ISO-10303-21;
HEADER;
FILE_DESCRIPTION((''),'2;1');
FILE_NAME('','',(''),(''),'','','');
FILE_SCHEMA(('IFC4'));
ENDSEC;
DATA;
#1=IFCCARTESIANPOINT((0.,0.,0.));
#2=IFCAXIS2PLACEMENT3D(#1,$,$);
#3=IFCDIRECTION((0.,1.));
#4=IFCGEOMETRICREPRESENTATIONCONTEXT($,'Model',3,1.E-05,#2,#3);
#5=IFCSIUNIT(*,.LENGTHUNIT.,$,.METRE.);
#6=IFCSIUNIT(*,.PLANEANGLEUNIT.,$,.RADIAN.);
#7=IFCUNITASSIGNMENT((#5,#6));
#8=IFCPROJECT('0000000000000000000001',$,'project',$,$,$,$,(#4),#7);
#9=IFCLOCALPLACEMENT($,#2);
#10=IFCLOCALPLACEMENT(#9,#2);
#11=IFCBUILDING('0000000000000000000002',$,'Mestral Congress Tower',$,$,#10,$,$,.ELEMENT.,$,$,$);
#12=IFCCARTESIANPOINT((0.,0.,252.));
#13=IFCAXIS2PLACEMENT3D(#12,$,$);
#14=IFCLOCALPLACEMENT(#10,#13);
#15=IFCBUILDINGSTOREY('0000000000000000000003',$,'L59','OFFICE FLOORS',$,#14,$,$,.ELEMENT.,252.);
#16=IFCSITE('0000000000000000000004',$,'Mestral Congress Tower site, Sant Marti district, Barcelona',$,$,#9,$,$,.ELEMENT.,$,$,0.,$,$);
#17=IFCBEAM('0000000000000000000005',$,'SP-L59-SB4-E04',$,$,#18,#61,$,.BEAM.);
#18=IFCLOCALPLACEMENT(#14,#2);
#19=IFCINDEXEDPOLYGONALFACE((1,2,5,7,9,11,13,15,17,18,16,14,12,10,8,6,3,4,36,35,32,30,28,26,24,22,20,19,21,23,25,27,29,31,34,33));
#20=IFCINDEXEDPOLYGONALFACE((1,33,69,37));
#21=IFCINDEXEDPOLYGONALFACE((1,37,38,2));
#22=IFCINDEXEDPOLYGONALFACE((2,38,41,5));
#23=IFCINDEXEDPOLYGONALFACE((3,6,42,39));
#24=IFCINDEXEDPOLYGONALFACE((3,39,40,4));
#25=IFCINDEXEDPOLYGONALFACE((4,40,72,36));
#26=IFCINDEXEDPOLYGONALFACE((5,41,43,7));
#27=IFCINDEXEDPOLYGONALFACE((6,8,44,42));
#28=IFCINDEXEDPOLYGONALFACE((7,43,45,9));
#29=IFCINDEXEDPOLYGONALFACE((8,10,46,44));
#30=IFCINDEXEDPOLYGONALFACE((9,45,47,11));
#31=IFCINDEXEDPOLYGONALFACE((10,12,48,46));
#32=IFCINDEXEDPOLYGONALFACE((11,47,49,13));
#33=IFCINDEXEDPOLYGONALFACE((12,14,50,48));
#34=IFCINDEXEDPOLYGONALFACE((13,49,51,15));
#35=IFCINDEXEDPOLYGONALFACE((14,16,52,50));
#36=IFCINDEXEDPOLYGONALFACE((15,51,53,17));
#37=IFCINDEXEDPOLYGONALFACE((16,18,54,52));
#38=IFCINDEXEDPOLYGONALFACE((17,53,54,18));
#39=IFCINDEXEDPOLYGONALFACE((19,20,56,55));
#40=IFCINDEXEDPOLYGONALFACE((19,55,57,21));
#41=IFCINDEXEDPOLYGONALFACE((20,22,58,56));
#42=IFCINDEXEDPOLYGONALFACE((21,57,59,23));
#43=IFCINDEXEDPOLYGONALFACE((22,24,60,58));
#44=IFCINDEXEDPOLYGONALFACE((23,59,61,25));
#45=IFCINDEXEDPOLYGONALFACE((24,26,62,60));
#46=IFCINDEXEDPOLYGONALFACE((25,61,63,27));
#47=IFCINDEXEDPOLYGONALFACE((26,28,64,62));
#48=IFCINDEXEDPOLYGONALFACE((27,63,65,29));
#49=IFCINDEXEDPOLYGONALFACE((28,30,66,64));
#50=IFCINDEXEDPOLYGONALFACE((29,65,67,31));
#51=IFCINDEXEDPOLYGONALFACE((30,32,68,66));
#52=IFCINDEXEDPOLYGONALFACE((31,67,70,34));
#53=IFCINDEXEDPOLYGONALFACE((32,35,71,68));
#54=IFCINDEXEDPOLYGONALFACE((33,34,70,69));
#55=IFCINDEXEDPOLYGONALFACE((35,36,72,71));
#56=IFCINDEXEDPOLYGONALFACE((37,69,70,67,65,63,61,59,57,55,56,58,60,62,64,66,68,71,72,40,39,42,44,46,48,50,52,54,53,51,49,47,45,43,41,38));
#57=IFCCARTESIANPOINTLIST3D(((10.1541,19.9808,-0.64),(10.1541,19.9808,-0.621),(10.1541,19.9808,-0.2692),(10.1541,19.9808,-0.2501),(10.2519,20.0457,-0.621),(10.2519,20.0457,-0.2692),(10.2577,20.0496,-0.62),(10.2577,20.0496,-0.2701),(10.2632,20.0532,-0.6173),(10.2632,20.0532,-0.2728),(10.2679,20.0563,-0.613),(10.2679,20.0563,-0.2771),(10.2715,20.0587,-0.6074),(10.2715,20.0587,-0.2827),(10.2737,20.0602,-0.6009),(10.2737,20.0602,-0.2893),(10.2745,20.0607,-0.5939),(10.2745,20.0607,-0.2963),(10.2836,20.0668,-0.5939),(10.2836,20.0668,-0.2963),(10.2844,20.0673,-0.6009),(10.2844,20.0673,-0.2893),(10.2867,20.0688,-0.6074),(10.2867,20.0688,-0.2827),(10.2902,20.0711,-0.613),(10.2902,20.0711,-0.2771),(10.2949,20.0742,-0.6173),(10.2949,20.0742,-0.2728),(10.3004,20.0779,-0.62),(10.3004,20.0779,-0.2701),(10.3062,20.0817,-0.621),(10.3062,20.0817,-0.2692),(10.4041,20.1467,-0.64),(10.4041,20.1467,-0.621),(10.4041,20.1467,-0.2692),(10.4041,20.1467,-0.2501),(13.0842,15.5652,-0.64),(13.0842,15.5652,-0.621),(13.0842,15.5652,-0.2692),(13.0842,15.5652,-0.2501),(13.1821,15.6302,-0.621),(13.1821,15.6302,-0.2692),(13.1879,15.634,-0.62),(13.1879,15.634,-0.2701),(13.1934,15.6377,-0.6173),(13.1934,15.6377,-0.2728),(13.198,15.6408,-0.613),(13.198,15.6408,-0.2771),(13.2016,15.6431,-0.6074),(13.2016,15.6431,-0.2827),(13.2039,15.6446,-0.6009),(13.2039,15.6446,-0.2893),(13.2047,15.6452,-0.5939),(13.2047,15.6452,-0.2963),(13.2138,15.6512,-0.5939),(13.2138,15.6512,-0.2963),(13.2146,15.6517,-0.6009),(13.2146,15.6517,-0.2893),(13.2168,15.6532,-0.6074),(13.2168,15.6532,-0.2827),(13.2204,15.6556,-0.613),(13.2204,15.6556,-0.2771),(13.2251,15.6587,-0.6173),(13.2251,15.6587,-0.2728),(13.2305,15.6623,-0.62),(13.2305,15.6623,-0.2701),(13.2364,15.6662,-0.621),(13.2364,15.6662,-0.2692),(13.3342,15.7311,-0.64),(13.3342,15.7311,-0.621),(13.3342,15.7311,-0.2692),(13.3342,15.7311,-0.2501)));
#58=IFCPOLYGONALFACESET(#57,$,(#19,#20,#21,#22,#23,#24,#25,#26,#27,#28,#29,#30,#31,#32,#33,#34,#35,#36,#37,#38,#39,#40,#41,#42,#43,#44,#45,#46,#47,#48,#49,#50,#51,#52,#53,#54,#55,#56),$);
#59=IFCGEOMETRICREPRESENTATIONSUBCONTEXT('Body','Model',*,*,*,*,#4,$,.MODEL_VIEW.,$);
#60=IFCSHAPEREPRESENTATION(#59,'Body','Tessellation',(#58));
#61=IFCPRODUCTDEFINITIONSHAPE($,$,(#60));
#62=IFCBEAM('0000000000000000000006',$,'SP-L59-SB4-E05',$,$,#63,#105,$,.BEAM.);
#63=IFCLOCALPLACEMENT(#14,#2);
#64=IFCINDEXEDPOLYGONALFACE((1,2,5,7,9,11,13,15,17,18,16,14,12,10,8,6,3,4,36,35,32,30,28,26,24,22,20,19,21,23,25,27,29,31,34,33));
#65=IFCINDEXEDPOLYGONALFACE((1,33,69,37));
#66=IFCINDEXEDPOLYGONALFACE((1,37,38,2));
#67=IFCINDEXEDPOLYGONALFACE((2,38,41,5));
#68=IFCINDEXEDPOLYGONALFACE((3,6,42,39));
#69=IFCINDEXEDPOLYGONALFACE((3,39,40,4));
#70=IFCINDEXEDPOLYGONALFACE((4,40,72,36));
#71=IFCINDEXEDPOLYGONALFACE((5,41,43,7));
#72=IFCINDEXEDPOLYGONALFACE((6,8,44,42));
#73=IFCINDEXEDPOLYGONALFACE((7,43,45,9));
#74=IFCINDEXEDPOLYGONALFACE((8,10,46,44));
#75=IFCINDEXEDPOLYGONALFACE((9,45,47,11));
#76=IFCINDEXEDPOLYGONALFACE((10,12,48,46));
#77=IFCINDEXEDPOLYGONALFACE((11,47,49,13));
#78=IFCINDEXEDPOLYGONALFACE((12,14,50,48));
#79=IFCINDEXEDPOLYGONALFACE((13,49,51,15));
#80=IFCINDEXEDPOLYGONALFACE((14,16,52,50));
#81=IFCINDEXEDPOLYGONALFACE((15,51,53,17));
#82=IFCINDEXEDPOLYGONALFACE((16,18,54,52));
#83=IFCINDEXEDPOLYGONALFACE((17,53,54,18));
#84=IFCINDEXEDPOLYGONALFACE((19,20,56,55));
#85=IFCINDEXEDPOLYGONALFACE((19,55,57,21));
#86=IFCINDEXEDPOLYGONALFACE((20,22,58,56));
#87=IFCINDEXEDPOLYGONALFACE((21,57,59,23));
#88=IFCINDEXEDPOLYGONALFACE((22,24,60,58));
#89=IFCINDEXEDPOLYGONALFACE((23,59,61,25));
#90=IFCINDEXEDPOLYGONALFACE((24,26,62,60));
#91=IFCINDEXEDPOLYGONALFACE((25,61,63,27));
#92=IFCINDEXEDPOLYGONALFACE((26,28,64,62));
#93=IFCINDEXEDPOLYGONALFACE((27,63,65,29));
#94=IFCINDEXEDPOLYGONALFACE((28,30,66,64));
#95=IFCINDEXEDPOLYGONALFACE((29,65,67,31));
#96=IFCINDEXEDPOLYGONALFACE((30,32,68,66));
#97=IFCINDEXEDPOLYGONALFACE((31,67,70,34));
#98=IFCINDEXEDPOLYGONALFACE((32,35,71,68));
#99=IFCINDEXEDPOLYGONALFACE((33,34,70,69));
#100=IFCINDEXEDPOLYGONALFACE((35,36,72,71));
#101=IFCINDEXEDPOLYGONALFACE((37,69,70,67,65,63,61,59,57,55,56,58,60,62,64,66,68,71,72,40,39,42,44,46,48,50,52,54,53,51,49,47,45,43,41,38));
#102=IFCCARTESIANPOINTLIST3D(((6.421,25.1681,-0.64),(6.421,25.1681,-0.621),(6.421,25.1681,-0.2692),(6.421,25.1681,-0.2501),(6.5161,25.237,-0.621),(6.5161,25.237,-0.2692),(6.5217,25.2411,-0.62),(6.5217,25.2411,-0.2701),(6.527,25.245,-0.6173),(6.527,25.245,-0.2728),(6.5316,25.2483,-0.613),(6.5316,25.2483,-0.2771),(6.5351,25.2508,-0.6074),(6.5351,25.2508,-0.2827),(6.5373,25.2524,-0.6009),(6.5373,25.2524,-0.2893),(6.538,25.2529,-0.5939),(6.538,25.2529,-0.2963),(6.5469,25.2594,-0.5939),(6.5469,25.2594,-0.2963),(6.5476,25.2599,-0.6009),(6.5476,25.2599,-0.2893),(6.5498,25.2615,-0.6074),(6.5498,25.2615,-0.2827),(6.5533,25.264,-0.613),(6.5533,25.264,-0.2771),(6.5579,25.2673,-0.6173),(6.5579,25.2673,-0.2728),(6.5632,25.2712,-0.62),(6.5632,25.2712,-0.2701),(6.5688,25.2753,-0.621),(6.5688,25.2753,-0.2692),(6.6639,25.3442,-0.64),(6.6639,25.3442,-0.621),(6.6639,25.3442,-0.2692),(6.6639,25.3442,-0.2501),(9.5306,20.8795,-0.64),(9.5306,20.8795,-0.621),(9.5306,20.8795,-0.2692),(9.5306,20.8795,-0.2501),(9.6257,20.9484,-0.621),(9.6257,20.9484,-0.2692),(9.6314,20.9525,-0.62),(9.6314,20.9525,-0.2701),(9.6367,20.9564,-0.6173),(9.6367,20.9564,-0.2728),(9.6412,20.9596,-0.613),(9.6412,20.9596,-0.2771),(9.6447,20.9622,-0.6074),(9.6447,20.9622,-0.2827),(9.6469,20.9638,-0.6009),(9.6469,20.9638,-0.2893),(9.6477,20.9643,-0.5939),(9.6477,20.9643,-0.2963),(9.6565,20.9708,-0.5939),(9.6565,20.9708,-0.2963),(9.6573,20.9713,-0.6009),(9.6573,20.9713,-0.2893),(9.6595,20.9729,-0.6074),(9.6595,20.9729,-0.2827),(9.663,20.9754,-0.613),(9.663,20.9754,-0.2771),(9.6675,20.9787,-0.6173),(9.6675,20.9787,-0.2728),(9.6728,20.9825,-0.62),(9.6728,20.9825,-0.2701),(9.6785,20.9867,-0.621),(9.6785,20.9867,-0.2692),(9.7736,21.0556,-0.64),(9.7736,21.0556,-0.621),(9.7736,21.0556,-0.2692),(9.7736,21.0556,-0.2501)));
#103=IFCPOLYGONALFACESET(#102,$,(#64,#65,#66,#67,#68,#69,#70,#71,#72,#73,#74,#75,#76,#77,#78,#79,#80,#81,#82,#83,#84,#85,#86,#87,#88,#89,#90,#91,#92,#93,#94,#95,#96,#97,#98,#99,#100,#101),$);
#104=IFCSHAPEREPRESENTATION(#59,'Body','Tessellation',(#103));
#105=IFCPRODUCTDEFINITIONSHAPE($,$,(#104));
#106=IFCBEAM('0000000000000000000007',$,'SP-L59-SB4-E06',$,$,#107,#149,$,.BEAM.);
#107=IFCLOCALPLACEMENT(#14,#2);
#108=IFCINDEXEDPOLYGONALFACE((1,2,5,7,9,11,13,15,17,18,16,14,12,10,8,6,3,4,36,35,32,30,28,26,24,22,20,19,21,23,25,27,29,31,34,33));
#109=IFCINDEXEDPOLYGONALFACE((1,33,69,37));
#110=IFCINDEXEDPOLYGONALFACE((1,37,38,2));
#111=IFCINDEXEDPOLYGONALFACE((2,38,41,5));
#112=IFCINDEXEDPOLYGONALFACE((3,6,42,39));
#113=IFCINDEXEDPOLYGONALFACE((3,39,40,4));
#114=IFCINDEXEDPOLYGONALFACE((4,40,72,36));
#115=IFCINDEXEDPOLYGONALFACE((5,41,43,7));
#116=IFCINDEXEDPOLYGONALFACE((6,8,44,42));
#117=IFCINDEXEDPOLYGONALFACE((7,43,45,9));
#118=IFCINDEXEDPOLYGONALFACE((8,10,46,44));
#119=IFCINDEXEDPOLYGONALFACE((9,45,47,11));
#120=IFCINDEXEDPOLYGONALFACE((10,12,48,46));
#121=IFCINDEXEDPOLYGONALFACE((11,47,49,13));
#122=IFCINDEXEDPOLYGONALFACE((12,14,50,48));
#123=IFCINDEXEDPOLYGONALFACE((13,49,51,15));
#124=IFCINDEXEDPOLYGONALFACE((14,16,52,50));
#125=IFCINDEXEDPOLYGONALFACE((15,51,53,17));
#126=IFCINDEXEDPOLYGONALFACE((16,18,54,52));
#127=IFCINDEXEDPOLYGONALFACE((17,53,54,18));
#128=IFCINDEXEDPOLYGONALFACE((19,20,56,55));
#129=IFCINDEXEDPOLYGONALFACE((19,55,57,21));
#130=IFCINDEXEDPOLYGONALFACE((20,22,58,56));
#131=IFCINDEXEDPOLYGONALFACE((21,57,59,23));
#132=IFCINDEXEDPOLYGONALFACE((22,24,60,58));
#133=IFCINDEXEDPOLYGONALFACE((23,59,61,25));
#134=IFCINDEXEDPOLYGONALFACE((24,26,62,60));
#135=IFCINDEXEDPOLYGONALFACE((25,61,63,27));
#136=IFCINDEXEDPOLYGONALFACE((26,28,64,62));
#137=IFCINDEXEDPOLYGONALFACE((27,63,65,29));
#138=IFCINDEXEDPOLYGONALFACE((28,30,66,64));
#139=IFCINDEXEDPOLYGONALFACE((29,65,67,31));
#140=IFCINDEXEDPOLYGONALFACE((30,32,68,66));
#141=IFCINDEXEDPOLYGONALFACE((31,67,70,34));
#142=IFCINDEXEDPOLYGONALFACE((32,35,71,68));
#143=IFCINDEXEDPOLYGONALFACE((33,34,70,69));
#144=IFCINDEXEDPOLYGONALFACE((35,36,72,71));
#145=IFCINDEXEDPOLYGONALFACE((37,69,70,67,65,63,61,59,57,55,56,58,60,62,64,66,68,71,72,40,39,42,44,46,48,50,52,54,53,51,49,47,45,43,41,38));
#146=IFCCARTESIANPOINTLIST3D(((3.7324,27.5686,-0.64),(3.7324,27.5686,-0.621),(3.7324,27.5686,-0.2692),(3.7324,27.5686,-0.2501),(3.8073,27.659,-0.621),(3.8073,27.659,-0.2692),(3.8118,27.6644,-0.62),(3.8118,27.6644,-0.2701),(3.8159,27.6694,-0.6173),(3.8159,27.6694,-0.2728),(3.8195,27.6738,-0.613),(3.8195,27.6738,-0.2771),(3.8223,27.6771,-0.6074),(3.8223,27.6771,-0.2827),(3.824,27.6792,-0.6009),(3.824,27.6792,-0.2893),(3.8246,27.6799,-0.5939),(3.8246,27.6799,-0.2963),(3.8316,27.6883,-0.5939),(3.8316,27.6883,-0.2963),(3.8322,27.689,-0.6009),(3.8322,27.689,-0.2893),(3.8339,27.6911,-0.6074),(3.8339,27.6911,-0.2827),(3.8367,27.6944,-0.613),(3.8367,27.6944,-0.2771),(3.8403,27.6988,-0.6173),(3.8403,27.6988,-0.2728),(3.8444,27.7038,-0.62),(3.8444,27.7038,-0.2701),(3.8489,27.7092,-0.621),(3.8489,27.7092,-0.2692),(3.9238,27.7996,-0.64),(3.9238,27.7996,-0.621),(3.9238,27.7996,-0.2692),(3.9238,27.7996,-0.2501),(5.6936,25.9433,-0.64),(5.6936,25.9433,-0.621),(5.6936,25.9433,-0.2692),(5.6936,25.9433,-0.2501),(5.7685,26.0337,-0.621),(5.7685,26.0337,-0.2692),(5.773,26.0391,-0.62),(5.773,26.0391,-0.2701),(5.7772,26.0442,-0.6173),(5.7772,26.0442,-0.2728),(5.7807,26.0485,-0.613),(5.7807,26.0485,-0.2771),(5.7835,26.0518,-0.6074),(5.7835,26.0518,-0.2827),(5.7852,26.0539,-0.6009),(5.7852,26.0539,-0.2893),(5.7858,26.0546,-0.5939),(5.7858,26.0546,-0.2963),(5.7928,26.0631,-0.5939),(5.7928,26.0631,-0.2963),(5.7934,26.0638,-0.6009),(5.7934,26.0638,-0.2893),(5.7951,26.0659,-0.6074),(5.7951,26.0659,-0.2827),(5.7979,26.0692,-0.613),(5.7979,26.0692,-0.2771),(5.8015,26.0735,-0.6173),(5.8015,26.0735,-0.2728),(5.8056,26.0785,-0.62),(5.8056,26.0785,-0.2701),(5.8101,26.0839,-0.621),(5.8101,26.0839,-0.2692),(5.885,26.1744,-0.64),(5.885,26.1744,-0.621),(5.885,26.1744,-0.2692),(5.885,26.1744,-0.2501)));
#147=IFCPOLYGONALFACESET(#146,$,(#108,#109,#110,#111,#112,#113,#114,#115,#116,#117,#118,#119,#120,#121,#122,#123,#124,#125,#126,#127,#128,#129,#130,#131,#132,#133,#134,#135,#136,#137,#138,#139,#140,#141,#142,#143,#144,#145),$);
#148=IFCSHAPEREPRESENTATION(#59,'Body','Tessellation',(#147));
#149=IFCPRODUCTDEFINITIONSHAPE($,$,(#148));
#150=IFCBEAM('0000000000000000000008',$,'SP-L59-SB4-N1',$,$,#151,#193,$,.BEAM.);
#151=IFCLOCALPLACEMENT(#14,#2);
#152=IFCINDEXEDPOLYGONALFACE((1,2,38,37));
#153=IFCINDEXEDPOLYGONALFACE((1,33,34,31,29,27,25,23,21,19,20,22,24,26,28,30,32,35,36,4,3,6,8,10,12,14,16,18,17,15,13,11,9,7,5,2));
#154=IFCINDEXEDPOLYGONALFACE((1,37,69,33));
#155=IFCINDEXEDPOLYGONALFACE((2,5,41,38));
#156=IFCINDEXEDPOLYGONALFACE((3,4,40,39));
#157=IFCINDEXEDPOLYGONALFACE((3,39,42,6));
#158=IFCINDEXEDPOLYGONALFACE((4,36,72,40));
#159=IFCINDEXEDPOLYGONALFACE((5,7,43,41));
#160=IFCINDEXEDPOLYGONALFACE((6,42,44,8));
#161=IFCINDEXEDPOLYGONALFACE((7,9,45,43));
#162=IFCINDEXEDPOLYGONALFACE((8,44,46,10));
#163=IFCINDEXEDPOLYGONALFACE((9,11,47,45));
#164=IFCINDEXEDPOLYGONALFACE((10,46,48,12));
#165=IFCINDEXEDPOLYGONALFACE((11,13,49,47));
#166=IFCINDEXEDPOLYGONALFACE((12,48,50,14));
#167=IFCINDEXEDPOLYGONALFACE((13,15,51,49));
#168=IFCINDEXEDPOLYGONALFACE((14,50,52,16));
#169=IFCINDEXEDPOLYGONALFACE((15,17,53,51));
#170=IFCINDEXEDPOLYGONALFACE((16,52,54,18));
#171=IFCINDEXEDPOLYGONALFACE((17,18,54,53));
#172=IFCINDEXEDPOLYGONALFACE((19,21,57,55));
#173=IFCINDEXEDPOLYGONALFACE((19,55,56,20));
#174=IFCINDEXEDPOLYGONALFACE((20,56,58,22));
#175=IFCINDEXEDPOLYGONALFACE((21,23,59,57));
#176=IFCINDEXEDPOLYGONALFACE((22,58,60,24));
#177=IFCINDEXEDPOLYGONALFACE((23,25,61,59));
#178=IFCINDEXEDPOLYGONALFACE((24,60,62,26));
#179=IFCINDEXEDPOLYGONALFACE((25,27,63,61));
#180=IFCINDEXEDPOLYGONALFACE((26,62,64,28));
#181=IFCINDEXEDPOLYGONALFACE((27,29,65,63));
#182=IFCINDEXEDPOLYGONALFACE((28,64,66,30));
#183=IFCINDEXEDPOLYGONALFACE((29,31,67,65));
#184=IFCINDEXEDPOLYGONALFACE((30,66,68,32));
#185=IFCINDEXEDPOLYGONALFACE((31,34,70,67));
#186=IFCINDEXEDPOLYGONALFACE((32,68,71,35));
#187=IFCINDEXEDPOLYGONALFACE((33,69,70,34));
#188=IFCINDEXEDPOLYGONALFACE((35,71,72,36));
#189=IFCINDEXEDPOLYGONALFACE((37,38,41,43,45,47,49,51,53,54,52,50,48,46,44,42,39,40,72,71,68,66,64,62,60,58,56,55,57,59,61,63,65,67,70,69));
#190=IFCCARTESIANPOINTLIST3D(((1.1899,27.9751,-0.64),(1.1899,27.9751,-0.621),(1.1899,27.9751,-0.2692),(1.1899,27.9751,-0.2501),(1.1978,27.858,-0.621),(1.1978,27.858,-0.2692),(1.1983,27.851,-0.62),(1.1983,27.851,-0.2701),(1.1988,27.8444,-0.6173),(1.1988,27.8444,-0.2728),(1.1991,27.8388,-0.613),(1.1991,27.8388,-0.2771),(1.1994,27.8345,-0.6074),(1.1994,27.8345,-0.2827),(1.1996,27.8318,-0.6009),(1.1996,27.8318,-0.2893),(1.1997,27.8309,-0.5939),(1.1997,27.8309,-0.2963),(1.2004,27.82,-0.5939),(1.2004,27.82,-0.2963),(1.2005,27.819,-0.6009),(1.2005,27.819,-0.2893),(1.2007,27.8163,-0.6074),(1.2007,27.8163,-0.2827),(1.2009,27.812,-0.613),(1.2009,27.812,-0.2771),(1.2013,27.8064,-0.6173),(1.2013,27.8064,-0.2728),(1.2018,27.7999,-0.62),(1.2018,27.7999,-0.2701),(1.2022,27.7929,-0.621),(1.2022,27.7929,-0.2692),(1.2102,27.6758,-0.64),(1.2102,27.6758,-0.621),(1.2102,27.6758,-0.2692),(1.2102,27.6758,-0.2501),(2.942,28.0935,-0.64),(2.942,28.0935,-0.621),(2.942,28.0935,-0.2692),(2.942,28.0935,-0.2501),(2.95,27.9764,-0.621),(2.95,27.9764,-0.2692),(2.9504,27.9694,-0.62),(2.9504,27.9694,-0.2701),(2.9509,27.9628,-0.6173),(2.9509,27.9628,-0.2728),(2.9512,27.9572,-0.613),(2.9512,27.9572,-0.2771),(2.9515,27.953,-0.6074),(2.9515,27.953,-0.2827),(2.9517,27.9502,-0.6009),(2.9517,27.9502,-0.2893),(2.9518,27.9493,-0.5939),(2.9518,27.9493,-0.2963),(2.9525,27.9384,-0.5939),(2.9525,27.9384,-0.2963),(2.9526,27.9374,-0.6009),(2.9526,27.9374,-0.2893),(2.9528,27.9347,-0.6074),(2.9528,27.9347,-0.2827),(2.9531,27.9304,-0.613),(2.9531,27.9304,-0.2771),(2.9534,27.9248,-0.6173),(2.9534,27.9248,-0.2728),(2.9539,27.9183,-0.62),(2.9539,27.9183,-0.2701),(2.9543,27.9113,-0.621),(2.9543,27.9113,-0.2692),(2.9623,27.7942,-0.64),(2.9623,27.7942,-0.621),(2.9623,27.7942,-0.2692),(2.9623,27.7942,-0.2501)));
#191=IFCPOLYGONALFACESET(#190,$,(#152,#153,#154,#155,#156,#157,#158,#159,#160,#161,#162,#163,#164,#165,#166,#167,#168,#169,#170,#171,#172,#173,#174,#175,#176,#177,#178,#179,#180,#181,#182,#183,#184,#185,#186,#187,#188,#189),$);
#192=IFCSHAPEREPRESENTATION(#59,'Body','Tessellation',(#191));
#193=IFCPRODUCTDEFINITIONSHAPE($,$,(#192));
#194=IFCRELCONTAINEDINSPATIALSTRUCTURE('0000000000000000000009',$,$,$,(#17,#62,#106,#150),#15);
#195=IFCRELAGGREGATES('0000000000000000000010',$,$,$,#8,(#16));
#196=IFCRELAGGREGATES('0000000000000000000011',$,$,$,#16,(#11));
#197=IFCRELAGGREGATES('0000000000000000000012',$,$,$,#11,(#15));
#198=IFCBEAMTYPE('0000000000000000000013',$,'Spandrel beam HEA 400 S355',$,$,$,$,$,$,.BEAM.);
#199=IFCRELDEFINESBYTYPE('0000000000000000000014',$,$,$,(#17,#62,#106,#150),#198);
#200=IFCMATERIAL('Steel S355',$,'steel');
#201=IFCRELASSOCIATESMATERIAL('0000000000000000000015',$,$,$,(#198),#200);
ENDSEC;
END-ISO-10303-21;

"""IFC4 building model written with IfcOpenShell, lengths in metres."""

from ifc_helpers import new_model, si_unit, direction, frame, origin, origin_2d, place, context, subcontext, project, spatial, i_section, extrude, material, material_profile, profile_set, type_object, element, save


model = new_model("IFC4")

# Units and contexts
model_context = context("Model", 3, precision=1e-05, world=origin(), true_north=direction((0.0, 1.0)))
body_context = subcontext(model_context, "Body", "Model", "MODEL_VIEW")
ifc_project = project(units=[si_unit("LENGTHUNIT", "METRE"), si_unit("PLANEANGLEUNIT", "RADIAN")], contexts=[model_context])

# Site, building, storey
site_placement = place(None, origin())
site = spatial("IfcSite", under=ifc_project, at=site_placement, Name="Mestral Congress Tower site, Sant Marti district, Barcelona", CompositionType="ELEMENT", RefElevation=0.0)
building_placement = place(site_placement, origin())
building = spatial("IfcBuilding", under=site, at=building_placement, Name="Mestral Congress Tower", CompositionType="ELEMENT")
storey_placement = place(building_placement, frame((0.0, 0.0, 252.0)))
storey = spatial("IfcBuildingStorey", under=building, at=storey_placement, Name="L59", Description="OFFICE FLOORS", CompositionType="ELEMENT", Elevation=252.0)

# Beams
ifc_material_1 = material(Name="Steel S355", Category="steel")
ifc_material_profile_1 = material_profile(ifc_material_1, i_section(OverallWidth=0.3, OverallDepth=0.3899, WebThickness=0.011, FlangeThickness=0.019, FilletRadius=0.0271, at=origin_2d()), Name="HEA 400")
ifc_profile_set_1 = profile_set([ifc_material_profile_1], Name="Steel S355")
beam_type_1 = type_object("IfcBeamType", Name="Spandrel beam HEA 400 S355", PredefinedType="BEAM", material=ifc_profile_set_1)
beam_1_placement = place(storey_placement, frame((13.2092, 15.6482, -0.4451), z_axis=(-0.552934, 0.833225, 0.0), x_axis=(-0.833225, -0.552934, 0.0)))
element("IfcBeam", 1, at=beam_1_placement, inside=storey, type_object=beam_type_1, Name="SP-L59-SB4-E04", PredefinedType="BEAM", context=body_context, shape_type="SweptSolid", body=[
    extrude(i_section(OverallWidth=0.3, OverallDepth=0.3899, WebThickness=0.011, FlangeThickness=0.019, FilletRadius=0.0271, at=origin_2d()), origin(), (0.0, 0.0, 1.0), 5.2993),
])
beam_2_placement = place(storey_placement, frame((9.6521, 20.9675, -0.4451), z_axis=(-0.587017, 0.809574, 0.0), x_axis=(-0.809574, -0.587017, 0.0)))
element("IfcBeam", 2, at=beam_2_placement, inside=storey, type_object=beam_type_1, Name="SP-L59-SB4-E05", PredefinedType="BEAM", context=body_context, shape_type="SweptSolid", body=[
    extrude(i_section(OverallWidth=0.3, OverallDepth=0.3899, WebThickness=0.011, FlangeThickness=0.019, FilletRadius=0.0271, at=origin_2d()), origin(), (0.0, 0.0, 1.0), 5.2974),
])
beam_3_placement = place(storey_placement, frame((5.7893, 26.0588, -0.4451), z_axis=(-0.76997, 0.63808, 0.0), x_axis=(-0.63808, -0.76997, 0.0)))
element("IfcBeam", 3, at=beam_3_placement, inside=storey, type_object=beam_type_1, Name="SP-L59-SB4-E06", PredefinedType="BEAM", context=body_context, shape_type="SweptSolid", body=[
    extrude(i_section(OverallWidth=0.3, OverallDepth=0.3899, WebThickness=0.011, FlangeThickness=0.019, FilletRadius=0.0271, at=origin_2d()), origin(), (0.0, 0.0, 1.0), 2.5471),
])
beam_4_placement = place(storey_placement, frame((2.9521, 27.9438, -0.4451), z_axis=(-0.997724, -0.067423, 0.0), x_axis=(0.067423, -0.997724, 0.0)))
element("IfcBeam", 4, at=beam_4_placement, inside=storey, type_object=beam_type_1, Name="SP-L59-SB4-N1", PredefinedType="BEAM", context=body_context, shape_type="SweptSolid", body=[
    extrude(i_section(OverallWidth=0.3, OverallDepth=0.3899, WebThickness=0.011, FlangeThickness=0.019, FilletRadius=0.0271, at=origin_2d()), origin(), (0.0, 0.0, 1.0), 1.7561),
])

save(model, "model.ifc")
